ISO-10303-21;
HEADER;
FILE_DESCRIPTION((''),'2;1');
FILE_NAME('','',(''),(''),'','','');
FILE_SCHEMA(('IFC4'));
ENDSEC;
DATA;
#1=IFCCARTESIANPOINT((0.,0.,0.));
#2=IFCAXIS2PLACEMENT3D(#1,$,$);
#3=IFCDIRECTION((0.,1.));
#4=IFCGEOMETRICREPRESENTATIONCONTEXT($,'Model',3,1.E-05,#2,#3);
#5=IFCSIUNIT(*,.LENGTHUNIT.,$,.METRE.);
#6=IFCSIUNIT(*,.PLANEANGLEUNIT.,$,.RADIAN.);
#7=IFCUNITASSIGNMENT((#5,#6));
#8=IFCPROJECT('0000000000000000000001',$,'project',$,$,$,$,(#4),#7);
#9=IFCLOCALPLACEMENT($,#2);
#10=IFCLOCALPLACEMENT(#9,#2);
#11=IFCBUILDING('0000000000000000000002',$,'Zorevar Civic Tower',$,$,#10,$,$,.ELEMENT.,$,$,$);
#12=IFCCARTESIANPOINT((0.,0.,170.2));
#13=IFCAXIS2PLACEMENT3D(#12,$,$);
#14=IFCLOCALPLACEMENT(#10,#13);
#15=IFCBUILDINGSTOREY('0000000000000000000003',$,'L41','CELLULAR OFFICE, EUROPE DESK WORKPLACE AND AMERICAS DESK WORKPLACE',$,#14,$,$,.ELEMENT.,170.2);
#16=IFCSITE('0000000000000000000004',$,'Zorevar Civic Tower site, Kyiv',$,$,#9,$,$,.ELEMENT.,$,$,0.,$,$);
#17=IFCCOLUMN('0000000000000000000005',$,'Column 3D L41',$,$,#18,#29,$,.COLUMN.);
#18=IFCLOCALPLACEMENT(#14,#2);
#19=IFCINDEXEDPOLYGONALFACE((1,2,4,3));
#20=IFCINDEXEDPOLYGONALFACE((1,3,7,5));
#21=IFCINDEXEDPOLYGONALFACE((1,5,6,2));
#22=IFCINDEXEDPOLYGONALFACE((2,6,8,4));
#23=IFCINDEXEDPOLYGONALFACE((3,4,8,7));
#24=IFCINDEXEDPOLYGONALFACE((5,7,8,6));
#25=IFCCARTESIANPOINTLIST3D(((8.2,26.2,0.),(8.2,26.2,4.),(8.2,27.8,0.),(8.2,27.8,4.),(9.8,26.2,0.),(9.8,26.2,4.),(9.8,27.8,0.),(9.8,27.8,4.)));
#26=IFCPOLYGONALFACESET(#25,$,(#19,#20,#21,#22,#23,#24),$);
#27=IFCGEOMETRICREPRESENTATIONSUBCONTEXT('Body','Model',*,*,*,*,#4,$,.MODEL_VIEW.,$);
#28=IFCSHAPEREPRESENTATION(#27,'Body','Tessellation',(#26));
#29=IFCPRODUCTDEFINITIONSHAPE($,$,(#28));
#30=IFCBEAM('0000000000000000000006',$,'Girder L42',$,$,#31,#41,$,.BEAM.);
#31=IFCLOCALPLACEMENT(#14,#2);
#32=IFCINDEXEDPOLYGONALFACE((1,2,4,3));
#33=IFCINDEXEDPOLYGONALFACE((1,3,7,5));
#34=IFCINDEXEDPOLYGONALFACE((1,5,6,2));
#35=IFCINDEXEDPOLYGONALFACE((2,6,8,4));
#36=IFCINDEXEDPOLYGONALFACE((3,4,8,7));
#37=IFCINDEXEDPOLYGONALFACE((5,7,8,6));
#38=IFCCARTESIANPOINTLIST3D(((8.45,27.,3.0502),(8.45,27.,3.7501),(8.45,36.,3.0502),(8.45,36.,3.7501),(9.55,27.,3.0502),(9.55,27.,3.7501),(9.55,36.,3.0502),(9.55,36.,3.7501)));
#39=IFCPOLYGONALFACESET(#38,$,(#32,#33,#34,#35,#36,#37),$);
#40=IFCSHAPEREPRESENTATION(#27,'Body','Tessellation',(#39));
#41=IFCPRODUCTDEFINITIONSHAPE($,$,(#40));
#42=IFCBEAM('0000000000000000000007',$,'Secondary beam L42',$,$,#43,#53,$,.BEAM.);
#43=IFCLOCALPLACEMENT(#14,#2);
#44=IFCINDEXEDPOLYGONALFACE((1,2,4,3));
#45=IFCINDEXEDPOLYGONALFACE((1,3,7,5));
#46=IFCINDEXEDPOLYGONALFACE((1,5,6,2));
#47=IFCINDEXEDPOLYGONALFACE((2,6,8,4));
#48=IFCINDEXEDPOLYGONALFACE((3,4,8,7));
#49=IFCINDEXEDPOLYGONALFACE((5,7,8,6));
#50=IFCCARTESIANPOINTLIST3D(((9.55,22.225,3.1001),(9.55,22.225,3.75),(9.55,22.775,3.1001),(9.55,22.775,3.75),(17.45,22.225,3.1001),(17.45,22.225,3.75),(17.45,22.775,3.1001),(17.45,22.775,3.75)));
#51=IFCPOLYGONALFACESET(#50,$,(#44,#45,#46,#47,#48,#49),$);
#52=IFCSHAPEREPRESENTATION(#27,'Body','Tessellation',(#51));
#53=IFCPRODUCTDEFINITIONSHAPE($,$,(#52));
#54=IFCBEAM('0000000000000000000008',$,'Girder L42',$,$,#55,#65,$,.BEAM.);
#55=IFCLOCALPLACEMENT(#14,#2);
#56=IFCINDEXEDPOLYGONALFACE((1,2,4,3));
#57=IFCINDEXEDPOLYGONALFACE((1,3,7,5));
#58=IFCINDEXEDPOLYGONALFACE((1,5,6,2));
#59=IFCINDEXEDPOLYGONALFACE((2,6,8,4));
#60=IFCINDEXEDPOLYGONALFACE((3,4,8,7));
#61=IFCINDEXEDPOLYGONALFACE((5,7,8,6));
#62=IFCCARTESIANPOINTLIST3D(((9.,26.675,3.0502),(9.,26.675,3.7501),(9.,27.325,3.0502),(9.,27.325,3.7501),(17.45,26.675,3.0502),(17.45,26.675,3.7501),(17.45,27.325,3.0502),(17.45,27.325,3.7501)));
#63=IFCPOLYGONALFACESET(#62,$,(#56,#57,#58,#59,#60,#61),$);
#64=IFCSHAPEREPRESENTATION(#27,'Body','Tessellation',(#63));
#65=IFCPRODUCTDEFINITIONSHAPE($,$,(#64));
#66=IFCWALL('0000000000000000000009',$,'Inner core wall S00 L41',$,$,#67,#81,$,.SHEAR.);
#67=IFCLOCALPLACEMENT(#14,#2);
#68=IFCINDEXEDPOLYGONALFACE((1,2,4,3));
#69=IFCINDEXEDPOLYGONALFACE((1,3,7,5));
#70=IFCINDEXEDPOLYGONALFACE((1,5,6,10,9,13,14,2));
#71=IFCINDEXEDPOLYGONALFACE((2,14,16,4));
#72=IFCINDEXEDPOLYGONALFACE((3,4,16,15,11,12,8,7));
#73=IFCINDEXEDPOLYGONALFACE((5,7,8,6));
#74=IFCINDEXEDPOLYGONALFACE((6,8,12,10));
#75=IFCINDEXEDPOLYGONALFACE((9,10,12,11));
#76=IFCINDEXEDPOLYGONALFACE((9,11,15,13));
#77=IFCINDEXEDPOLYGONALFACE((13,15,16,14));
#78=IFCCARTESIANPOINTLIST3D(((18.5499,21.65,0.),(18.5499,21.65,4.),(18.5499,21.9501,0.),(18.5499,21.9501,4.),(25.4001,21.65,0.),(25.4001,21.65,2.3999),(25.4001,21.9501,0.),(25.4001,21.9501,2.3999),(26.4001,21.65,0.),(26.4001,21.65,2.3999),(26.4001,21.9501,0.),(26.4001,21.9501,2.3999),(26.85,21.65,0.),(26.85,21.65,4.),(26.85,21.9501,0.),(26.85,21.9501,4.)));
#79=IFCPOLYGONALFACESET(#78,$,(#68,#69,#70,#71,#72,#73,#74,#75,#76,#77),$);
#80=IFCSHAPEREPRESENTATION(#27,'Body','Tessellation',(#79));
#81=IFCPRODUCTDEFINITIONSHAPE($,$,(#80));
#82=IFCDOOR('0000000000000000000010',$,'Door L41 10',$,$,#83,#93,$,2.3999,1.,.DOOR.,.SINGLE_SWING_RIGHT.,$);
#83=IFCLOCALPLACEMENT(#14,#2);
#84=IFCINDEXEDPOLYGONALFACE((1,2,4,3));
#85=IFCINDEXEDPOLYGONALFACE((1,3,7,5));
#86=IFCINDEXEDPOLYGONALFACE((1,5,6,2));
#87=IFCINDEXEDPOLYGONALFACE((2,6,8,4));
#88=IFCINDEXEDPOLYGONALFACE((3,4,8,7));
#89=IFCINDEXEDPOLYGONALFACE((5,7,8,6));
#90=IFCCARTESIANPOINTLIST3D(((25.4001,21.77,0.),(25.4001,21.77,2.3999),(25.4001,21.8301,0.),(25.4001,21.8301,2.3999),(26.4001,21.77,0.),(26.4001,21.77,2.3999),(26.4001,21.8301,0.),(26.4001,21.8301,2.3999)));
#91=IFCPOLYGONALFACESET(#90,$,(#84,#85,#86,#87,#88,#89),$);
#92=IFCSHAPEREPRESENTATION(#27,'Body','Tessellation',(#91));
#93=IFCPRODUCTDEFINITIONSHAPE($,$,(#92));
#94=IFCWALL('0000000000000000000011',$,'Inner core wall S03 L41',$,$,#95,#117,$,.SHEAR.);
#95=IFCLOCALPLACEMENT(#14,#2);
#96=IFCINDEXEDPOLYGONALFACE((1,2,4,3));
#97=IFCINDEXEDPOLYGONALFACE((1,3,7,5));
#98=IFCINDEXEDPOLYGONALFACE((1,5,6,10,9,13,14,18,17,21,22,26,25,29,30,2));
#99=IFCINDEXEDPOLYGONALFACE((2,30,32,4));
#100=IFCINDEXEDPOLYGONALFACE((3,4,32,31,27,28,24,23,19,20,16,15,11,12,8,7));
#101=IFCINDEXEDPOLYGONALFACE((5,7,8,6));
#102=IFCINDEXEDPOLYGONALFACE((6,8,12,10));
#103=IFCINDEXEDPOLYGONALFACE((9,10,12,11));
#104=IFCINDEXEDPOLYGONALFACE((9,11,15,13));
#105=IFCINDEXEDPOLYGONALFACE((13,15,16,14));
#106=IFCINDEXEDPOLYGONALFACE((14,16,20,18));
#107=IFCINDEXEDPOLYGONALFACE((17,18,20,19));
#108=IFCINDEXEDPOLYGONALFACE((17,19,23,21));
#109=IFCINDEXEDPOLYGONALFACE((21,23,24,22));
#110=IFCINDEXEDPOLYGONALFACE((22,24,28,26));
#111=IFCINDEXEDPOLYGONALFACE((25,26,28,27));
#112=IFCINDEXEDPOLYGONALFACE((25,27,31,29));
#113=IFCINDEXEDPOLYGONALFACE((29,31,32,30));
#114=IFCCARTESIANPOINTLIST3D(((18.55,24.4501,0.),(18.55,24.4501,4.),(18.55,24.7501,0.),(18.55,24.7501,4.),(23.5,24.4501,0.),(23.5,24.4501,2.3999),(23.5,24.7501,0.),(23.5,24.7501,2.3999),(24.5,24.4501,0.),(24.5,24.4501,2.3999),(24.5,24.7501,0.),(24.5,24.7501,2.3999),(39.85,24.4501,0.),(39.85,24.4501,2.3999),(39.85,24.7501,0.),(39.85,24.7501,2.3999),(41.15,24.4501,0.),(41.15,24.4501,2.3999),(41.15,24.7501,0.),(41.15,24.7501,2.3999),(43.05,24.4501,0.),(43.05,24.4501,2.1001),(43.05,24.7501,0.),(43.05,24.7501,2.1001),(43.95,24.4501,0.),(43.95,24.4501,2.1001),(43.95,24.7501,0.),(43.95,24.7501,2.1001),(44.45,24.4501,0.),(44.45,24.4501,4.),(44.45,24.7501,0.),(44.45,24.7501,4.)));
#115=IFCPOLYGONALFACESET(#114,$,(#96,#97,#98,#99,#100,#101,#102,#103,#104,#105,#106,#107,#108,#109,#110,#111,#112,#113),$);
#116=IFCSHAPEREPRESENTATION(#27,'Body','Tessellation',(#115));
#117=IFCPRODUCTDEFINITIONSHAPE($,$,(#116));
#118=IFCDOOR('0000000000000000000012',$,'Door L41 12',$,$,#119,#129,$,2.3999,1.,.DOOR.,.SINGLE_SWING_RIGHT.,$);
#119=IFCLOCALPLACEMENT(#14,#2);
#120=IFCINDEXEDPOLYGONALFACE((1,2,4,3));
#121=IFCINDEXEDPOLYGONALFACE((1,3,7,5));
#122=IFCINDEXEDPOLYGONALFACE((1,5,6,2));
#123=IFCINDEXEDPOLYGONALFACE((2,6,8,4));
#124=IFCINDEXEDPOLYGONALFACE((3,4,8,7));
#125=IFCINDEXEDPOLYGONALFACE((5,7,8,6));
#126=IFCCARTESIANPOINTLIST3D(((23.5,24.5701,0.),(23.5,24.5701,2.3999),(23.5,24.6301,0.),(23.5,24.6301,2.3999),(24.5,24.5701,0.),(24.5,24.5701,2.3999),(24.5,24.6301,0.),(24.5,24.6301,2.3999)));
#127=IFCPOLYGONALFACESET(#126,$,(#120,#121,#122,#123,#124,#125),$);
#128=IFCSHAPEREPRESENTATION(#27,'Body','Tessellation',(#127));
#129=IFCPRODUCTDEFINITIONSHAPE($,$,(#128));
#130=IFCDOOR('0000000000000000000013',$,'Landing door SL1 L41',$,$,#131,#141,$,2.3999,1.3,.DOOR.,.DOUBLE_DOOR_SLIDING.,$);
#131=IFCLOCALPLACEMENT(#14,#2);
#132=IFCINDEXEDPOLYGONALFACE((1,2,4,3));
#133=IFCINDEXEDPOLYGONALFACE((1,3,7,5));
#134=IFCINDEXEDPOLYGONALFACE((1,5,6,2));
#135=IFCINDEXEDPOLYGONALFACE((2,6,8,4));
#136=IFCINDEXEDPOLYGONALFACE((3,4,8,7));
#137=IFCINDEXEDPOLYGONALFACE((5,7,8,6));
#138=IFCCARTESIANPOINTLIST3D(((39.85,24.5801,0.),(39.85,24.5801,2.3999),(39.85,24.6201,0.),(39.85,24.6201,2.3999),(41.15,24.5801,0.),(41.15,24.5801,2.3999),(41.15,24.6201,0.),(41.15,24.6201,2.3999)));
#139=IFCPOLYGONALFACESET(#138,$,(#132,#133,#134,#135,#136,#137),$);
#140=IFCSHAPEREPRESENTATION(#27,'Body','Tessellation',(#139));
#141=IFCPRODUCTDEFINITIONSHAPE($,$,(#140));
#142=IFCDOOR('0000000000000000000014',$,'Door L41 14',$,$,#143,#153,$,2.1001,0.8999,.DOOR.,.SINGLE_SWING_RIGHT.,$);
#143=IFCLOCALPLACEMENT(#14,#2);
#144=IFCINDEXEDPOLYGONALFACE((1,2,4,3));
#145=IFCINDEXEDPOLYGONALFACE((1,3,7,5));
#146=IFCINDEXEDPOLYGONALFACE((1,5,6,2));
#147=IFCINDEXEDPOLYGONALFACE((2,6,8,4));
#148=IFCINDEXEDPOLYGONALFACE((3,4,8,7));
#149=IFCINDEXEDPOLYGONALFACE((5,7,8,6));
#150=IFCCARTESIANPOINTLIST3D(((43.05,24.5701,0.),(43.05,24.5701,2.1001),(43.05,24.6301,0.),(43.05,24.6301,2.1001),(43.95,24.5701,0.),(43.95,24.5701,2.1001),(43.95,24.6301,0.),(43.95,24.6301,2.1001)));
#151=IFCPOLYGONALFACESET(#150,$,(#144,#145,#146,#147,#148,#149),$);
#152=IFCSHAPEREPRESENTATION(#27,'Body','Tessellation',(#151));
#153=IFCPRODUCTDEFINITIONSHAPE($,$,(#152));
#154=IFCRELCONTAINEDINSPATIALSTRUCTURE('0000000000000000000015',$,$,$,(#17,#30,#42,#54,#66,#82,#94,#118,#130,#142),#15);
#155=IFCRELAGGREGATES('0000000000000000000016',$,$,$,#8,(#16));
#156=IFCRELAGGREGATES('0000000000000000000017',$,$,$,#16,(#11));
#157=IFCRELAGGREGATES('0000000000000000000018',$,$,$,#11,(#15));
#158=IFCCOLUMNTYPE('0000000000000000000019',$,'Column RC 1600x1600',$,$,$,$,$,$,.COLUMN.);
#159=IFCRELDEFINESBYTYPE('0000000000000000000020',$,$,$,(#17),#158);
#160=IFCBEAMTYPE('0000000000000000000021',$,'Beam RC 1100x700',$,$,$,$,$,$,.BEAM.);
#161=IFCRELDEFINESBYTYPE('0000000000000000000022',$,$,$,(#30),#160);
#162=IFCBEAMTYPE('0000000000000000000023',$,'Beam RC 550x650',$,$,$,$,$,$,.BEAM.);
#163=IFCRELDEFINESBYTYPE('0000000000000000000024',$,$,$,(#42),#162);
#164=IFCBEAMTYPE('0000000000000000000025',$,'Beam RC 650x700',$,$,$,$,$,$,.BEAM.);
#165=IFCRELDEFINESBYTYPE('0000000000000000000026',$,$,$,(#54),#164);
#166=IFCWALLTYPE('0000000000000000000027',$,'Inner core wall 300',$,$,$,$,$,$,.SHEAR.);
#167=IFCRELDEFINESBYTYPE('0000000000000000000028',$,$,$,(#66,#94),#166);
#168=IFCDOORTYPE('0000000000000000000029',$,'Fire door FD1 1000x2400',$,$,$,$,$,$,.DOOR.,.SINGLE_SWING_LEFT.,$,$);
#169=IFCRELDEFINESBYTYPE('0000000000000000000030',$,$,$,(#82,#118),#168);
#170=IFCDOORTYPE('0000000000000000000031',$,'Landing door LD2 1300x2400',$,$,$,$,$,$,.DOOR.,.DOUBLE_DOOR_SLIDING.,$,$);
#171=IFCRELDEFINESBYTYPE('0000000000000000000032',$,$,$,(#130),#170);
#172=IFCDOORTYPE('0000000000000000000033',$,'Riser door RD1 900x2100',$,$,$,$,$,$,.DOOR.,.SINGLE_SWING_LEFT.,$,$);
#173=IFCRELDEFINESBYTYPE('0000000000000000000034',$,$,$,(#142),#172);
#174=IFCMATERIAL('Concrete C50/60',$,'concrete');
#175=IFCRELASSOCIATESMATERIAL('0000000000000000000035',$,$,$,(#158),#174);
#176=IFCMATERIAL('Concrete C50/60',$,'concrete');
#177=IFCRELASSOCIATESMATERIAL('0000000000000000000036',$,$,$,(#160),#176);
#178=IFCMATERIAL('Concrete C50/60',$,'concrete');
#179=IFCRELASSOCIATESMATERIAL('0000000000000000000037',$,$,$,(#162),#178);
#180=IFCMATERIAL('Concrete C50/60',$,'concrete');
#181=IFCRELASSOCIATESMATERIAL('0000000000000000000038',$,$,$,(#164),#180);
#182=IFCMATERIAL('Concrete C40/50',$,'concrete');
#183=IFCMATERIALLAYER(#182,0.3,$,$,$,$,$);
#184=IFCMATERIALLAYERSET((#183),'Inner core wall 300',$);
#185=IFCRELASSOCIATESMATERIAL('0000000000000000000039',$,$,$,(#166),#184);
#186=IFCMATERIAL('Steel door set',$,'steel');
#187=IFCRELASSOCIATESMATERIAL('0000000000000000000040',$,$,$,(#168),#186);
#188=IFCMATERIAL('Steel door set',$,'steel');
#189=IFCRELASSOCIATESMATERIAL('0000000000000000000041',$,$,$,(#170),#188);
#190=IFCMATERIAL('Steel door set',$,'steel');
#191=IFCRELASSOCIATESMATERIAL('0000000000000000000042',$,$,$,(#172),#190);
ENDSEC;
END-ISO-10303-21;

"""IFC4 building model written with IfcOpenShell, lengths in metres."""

from ifc_helpers import new_model, si_unit, direction, frame, frame_2d, origin, origin_2d, place, context, subcontext, project, spatial, rectangle, extrude, material, layer, layer_set, material_profile, profile_set, type_object, element, fill, save


model = new_model("IFC4")

# Units and contexts
model_context = context("Model", 3, precision=1e-05, world=origin(), true_north=direction((0.0, 1.0)))
body_context = subcontext(model_context, "Body", "Model", "MODEL_VIEW")
ifc_project = project(units=[si_unit("LENGTHUNIT", "METRE"), si_unit("PLANEANGLEUNIT", "RADIAN")], contexts=[model_context])

# Site, building, storey
site_placement = place(None, origin())
site = spatial("IfcSite", under=ifc_project, at=site_placement, Name="Zorevar Civic Tower site, Kyiv", CompositionType="ELEMENT", RefElevation=0.0)
building_placement = place(site_placement, origin())
building = spatial("IfcBuilding", under=site, at=building_placement, Name="Zorevar Civic Tower", CompositionType="ELEMENT")
storey_placement = place(building_placement, frame((0.0, 0.0, 170.2)))
storey = spatial("IfcBuildingStorey", under=building, at=storey_placement, Name="L41", Description="CELLULAR OFFICE, EUROPE DESK WORKPLACE AND AMERICAS DESK WORKPLACE", CompositionType="ELEMENT", Elevation=170.2)

# Column
ifc_material_1 = material(Name="Concrete C50/60", Category="concrete")
ifc_material_profile_1 = material_profile(ifc_material_1, rectangle(XDim=1.6001, YDim=1.6001, at=origin_2d()), Name="RC 1600x1600")
ifc_profile_set_1 = profile_set([ifc_material_profile_1], Name="Concrete C50/60")
column_type = type_object("IfcColumnType", Name="Column RC 1600x1600", PredefinedType="COLUMN", material=ifc_profile_set_1)
column_placement = place(storey_placement, frame((9.0, 27.0, 0.0), z_axis=(0.0, 0.0, 1.0), x_axis=(1.0, 0.0, 0.0)))
element("IfcColumn", 1, at=column_placement, inside=storey, type_object=column_type, Name="Column 3D L41", PredefinedType="COLUMN", context=body_context, shape_type="SweptSolid", body=[
    extrude(rectangle(XDim=1.6001, YDim=1.6001, at=origin_2d()), origin(), (0.0, 0.0, 1.0), 4.0),
])

# Beams
ifc_material_2 = material(Name="Concrete C50/60", Category="concrete")
ifc_material_profile_2 = material_profile(ifc_material_2, rectangle(XDim=1.1001, YDim=0.7, at=origin_2d()), Name="RC 1100x700")
ifc_profile_set_2 = profile_set([ifc_material_profile_2], Name="Concrete C50/60")
beam_type_1 = type_object("IfcBeamType", Name="Beam RC 1100x700", PredefinedType="BEAM", material=ifc_profile_set_2)
beam_1_placement = place(storey_placement, frame((9.0, 27.0, 3.4001), z_axis=(0.0, 1.0, 0.0), x_axis=(-1.0, 0.0, 0.0)))
element("IfcBeam", 2, at=beam_1_placement, inside=storey, type_object=beam_type_1, Name="Girder L42", PredefinedType="BEAM", context=body_context, shape_type="SweptSolid", body=[
    extrude(rectangle(XDim=1.1001, YDim=0.7, at=origin_2d()), origin(), (0.0, 0.0, 1.0), 9.0),
])
ifc_material_3 = material(Name="Concrete C50/60", Category="concrete")
ifc_material_profile_3 = material_profile(ifc_material_3, rectangle(XDim=0.55, YDim=0.6499, at=origin_2d()), Name="RC 550x650")
ifc_profile_set_3 = profile_set([ifc_material_profile_3], Name="Concrete C50/60")
beam_type_2 = type_object("IfcBeamType", Name="Beam RC 550x650", PredefinedType="BEAM", material=ifc_profile_set_3)
beam_2_placement = place(storey_placement, frame((9.55, 22.5, 3.425), z_axis=(1.0, 0.0, 0.0), x_axis=(0.0, 1.0, 0.0)))
element("IfcBeam", 3, at=beam_2_placement, inside=storey, type_object=beam_type_2, Name="Secondary beam L42", PredefinedType="BEAM", context=body_context, shape_type="SweptSolid", body=[
    extrude(rectangle(XDim=0.55, YDim=0.6499, at=origin_2d()), origin(), (0.0, 0.0, 1.0), 7.8999),
])
ifc_material_4 = material(Name="Concrete C50/60", Category="concrete")
ifc_material_profile_4 = material_profile(ifc_material_4, rectangle(XDim=0.6499, YDim=0.7, at=origin_2d()), Name="RC 650x700")
ifc_profile_set_4 = profile_set([ifc_material_profile_4], Name="Concrete C50/60")
beam_type_3 = type_object("IfcBeamType", Name="Beam RC 650x700", PredefinedType="BEAM", material=ifc_profile_set_4)
beam_3_placement = place(storey_placement, frame((9.0, 27.0, 3.4001), z_axis=(1.0, 0.0, 0.0), x_axis=(0.0, 1.0, 0.0)))
element("IfcBeam", 4, at=beam_3_placement, inside=storey, type_object=beam_type_3, Name="Girder L42", PredefinedType="BEAM", context=body_context, shape_type="SweptSolid", body=[
    extrude(rectangle(XDim=0.6499, YDim=0.7, at=origin_2d()), origin(), (0.0, 0.0, 1.0), 8.45),
])

# Wall, opening, door
ifc_material_5 = material(Name="Concrete C40/50", Category="concrete")
ifc_layer_1 = layer(ifc_material_5, 0.3)
ifc_layer_set_1 = layer_set([ifc_layer_1], Name="Inner core wall 300")
wall_type_1 = type_object("IfcWallType", Name="Inner core wall 300", PredefinedType="SHEAR", material=ifc_layer_set_1)
wall_1_placement = place(storey_placement, frame((18.55, 21.8, 0.0), z_axis=(0.0, 0.0, 1.0), x_axis=(1.0, 0.0, 0.0)))
wall_1 = element("IfcWall", 5, at=wall_1_placement, inside=storey, type_object=wall_type_1, Name="Inner core wall S00 L41", PredefinedType="SHEAR", context=body_context, shape_type="SweptSolid", body=[
    extrude(rectangle(XDim=8.3, YDim=0.3, at=frame_2d((4.1499, 0.0))), origin(), (0.0, 0.0, 1.0), 4.0),
])
opening_1_placement = place(wall_1_placement, frame((6.8501, 0.0, 0.0)))
opening_1 = element("IfcOpeningElement", 6, at=opening_1_placement, cuts=wall_1, PredefinedType="OPENING", context=body_context, shape_type="SweptSolid", body=[
    extrude(rectangle(XDim=1.0, YDim=2.3999, at=frame_2d((0.5, 1.2))), frame((0.0, 0.1599, 0.0), z_axis=(0.0, -1.0, 0.0), x_axis=(1.0, 0.0, 0.0)), (0.0, 0.0, 1.0), 0.3201),
])
ifc_material_6 = material(Name="Steel door set", Category="steel")
door_type_1 = type_object("IfcDoorType", Name="Fire door FD1 1000x2400", OperationType="SINGLE_SWING_LEFT", PredefinedType="DOOR", material=ifc_material_6)
door_1_placement = place(opening_1_placement, origin())
door_1 = element("IfcDoor", 7, at=door_1_placement, inside=storey, type_object=door_type_1, Name="Door L41 10", OperationType="SINGLE_SWING_RIGHT", OverallHeight=2.3999, OverallWidth=1.0, PredefinedType="DOOR", context=body_context, shape_type="SweptSolid", body=[
    extrude(rectangle(XDim=1.0, YDim=2.3999, at=frame_2d((0.5, 1.2))), frame((0.0, 0.03, 0.0), z_axis=(0.0, -1.0, 0.0), x_axis=(1.0, 0.0, 0.0)), (0.0, 0.0, 1.0), 0.0601),
])
fill(opening_1, door_1)

# Wall, openings, doors
wall_2_placement = place(storey_placement, frame((18.55, 24.6001, 0.0), z_axis=(0.0, 0.0, 1.0), x_axis=(1.0, 0.0, 0.0)))
wall_2 = element("IfcWall", 8, at=wall_2_placement, inside=storey, type_object=wall_type_1, Name="Inner core wall S03 L41", PredefinedType="SHEAR", context=body_context, shape_type="SweptSolid", body=[
    extrude(rectangle(XDim=25.8999, YDim=0.3, at=frame_2d((12.95, 0.0))), origin(), (0.0, 0.0, 1.0), 4.0),
])
opening_2_placement = place(wall_2_placement, frame((4.95, 0.0, 0.0)))
opening_2 = element("IfcOpeningElement", 9, at=opening_2_placement, cuts=wall_2, PredefinedType="OPENING", context=body_context, shape_type="SweptSolid", body=[
    extrude(rectangle(XDim=1.0, YDim=2.3999, at=frame_2d((0.5, 1.2))), frame((0.0, 0.1599, 0.0), z_axis=(0.0, -1.0, 0.0), x_axis=(1.0, 0.0, 0.0)), (0.0, 0.0, 1.0), 0.3201),
])
opening_3_placement = place(wall_2_placement, frame((24.5, 0.0, 0.0)))
opening_3 = element("IfcOpeningElement", 10, at=opening_3_placement, cuts=wall_2, PredefinedType="OPENING", context=body_context, shape_type="SweptSolid", body=[
    extrude(rectangle(XDim=0.8999, YDim=2.1001, at=frame_2d((0.45, 1.05))), frame((0.0, 0.1599, 0.0), z_axis=(0.0, -1.0, 0.0), x_axis=(1.0, 0.0, 0.0)), (0.0, 0.0, 1.0), 0.3201),
])
opening_4_placement = place(wall_2_placement, frame((21.3, 0.0, 0.0)))
opening_4 = element("IfcOpeningElement", 11, at=opening_4_placement, cuts=wall_2, PredefinedType="OPENING", context=body_context, shape_type="SweptSolid", body=[
    extrude(rectangle(XDim=1.3, YDim=2.3999, at=frame_2d((0.6499, 1.2))), frame((0.0, 0.1599, 0.0), z_axis=(0.0, -1.0, 0.0), x_axis=(1.0, 0.0, 0.0)), (0.0, 0.0, 1.0), 0.3201),
])
door_2_placement = place(opening_2_placement, origin())
door_2 = element("IfcDoor", 12, at=door_2_placement, inside=storey, type_object=door_type_1, Name="Door L41 12", OperationType="SINGLE_SWING_RIGHT", OverallHeight=2.3999, OverallWidth=1.0, PredefinedType="DOOR", context=body_context, shape_type="SweptSolid", body=[
    extrude(rectangle(XDim=1.0, YDim=2.3999, at=frame_2d((0.5, 1.2))), frame((0.0, 0.03, 0.0), z_axis=(0.0, -1.0, 0.0), x_axis=(1.0, 0.0, 0.0)), (0.0, 0.0, 1.0), 0.0601),
])
fill(opening_2, door_2)
ifc_material_7 = material(Name="Steel door set", Category="steel")
door_type_2 = type_object("IfcDoorType", Name="Landing door LD2 1300x2400", OperationType="DOUBLE_DOOR_SLIDING", PredefinedType="DOOR", material=ifc_material_7)
door_3_placement = place(opening_4_placement, origin())
door_3 = element("IfcDoor", 13, at=door_3_placement, inside=storey, type_object=door_type_2, Name="Landing door SL1 L41", OperationType="DOUBLE_DOOR_SLIDING", OverallHeight=2.3999, OverallWidth=1.3, PredefinedType="DOOR", context=body_context, shape_type="SweptSolid", body=[
    extrude(rectangle(XDim=1.3, YDim=2.3999, at=frame_2d((0.6499, 1.2))), frame((0.0, 0.02, 0.0), z_axis=(0.0, -1.0, 0.0), x_axis=(1.0, 0.0, 0.0)), (0.0, 0.0, 1.0), 0.04),
])
fill(opening_4, door_3)
ifc_material_8 = material(Name="Steel door set", Category="steel")
door_type_3 = type_object("IfcDoorType", Name="Riser door RD1 900x2100", OperationType="SINGLE_SWING_LEFT", PredefinedType="DOOR", material=ifc_material_8)
door_4_placement = place(opening_3_placement, origin())
door_4 = element("IfcDoor", 14, at=door_4_placement, inside=storey, type_object=door_type_3, Name="Door L41 14", OperationType="SINGLE_SWING_RIGHT", OverallHeight=2.1001, OverallWidth=0.8999, PredefinedType="DOOR", context=body_context, shape_type="SweptSolid", body=[
    extrude(rectangle(XDim=0.8999, YDim=2.1001, at=frame_2d((0.45, 1.05))), frame((0.0, 0.03, 0.0), z_axis=(0.0, -1.0, 0.0), x_axis=(1.0, 0.0, 0.0)), (0.0, 0.0, 1.0), 0.0601),
])
fill(opening_3, door_4)

save(model, "model.ifc")
